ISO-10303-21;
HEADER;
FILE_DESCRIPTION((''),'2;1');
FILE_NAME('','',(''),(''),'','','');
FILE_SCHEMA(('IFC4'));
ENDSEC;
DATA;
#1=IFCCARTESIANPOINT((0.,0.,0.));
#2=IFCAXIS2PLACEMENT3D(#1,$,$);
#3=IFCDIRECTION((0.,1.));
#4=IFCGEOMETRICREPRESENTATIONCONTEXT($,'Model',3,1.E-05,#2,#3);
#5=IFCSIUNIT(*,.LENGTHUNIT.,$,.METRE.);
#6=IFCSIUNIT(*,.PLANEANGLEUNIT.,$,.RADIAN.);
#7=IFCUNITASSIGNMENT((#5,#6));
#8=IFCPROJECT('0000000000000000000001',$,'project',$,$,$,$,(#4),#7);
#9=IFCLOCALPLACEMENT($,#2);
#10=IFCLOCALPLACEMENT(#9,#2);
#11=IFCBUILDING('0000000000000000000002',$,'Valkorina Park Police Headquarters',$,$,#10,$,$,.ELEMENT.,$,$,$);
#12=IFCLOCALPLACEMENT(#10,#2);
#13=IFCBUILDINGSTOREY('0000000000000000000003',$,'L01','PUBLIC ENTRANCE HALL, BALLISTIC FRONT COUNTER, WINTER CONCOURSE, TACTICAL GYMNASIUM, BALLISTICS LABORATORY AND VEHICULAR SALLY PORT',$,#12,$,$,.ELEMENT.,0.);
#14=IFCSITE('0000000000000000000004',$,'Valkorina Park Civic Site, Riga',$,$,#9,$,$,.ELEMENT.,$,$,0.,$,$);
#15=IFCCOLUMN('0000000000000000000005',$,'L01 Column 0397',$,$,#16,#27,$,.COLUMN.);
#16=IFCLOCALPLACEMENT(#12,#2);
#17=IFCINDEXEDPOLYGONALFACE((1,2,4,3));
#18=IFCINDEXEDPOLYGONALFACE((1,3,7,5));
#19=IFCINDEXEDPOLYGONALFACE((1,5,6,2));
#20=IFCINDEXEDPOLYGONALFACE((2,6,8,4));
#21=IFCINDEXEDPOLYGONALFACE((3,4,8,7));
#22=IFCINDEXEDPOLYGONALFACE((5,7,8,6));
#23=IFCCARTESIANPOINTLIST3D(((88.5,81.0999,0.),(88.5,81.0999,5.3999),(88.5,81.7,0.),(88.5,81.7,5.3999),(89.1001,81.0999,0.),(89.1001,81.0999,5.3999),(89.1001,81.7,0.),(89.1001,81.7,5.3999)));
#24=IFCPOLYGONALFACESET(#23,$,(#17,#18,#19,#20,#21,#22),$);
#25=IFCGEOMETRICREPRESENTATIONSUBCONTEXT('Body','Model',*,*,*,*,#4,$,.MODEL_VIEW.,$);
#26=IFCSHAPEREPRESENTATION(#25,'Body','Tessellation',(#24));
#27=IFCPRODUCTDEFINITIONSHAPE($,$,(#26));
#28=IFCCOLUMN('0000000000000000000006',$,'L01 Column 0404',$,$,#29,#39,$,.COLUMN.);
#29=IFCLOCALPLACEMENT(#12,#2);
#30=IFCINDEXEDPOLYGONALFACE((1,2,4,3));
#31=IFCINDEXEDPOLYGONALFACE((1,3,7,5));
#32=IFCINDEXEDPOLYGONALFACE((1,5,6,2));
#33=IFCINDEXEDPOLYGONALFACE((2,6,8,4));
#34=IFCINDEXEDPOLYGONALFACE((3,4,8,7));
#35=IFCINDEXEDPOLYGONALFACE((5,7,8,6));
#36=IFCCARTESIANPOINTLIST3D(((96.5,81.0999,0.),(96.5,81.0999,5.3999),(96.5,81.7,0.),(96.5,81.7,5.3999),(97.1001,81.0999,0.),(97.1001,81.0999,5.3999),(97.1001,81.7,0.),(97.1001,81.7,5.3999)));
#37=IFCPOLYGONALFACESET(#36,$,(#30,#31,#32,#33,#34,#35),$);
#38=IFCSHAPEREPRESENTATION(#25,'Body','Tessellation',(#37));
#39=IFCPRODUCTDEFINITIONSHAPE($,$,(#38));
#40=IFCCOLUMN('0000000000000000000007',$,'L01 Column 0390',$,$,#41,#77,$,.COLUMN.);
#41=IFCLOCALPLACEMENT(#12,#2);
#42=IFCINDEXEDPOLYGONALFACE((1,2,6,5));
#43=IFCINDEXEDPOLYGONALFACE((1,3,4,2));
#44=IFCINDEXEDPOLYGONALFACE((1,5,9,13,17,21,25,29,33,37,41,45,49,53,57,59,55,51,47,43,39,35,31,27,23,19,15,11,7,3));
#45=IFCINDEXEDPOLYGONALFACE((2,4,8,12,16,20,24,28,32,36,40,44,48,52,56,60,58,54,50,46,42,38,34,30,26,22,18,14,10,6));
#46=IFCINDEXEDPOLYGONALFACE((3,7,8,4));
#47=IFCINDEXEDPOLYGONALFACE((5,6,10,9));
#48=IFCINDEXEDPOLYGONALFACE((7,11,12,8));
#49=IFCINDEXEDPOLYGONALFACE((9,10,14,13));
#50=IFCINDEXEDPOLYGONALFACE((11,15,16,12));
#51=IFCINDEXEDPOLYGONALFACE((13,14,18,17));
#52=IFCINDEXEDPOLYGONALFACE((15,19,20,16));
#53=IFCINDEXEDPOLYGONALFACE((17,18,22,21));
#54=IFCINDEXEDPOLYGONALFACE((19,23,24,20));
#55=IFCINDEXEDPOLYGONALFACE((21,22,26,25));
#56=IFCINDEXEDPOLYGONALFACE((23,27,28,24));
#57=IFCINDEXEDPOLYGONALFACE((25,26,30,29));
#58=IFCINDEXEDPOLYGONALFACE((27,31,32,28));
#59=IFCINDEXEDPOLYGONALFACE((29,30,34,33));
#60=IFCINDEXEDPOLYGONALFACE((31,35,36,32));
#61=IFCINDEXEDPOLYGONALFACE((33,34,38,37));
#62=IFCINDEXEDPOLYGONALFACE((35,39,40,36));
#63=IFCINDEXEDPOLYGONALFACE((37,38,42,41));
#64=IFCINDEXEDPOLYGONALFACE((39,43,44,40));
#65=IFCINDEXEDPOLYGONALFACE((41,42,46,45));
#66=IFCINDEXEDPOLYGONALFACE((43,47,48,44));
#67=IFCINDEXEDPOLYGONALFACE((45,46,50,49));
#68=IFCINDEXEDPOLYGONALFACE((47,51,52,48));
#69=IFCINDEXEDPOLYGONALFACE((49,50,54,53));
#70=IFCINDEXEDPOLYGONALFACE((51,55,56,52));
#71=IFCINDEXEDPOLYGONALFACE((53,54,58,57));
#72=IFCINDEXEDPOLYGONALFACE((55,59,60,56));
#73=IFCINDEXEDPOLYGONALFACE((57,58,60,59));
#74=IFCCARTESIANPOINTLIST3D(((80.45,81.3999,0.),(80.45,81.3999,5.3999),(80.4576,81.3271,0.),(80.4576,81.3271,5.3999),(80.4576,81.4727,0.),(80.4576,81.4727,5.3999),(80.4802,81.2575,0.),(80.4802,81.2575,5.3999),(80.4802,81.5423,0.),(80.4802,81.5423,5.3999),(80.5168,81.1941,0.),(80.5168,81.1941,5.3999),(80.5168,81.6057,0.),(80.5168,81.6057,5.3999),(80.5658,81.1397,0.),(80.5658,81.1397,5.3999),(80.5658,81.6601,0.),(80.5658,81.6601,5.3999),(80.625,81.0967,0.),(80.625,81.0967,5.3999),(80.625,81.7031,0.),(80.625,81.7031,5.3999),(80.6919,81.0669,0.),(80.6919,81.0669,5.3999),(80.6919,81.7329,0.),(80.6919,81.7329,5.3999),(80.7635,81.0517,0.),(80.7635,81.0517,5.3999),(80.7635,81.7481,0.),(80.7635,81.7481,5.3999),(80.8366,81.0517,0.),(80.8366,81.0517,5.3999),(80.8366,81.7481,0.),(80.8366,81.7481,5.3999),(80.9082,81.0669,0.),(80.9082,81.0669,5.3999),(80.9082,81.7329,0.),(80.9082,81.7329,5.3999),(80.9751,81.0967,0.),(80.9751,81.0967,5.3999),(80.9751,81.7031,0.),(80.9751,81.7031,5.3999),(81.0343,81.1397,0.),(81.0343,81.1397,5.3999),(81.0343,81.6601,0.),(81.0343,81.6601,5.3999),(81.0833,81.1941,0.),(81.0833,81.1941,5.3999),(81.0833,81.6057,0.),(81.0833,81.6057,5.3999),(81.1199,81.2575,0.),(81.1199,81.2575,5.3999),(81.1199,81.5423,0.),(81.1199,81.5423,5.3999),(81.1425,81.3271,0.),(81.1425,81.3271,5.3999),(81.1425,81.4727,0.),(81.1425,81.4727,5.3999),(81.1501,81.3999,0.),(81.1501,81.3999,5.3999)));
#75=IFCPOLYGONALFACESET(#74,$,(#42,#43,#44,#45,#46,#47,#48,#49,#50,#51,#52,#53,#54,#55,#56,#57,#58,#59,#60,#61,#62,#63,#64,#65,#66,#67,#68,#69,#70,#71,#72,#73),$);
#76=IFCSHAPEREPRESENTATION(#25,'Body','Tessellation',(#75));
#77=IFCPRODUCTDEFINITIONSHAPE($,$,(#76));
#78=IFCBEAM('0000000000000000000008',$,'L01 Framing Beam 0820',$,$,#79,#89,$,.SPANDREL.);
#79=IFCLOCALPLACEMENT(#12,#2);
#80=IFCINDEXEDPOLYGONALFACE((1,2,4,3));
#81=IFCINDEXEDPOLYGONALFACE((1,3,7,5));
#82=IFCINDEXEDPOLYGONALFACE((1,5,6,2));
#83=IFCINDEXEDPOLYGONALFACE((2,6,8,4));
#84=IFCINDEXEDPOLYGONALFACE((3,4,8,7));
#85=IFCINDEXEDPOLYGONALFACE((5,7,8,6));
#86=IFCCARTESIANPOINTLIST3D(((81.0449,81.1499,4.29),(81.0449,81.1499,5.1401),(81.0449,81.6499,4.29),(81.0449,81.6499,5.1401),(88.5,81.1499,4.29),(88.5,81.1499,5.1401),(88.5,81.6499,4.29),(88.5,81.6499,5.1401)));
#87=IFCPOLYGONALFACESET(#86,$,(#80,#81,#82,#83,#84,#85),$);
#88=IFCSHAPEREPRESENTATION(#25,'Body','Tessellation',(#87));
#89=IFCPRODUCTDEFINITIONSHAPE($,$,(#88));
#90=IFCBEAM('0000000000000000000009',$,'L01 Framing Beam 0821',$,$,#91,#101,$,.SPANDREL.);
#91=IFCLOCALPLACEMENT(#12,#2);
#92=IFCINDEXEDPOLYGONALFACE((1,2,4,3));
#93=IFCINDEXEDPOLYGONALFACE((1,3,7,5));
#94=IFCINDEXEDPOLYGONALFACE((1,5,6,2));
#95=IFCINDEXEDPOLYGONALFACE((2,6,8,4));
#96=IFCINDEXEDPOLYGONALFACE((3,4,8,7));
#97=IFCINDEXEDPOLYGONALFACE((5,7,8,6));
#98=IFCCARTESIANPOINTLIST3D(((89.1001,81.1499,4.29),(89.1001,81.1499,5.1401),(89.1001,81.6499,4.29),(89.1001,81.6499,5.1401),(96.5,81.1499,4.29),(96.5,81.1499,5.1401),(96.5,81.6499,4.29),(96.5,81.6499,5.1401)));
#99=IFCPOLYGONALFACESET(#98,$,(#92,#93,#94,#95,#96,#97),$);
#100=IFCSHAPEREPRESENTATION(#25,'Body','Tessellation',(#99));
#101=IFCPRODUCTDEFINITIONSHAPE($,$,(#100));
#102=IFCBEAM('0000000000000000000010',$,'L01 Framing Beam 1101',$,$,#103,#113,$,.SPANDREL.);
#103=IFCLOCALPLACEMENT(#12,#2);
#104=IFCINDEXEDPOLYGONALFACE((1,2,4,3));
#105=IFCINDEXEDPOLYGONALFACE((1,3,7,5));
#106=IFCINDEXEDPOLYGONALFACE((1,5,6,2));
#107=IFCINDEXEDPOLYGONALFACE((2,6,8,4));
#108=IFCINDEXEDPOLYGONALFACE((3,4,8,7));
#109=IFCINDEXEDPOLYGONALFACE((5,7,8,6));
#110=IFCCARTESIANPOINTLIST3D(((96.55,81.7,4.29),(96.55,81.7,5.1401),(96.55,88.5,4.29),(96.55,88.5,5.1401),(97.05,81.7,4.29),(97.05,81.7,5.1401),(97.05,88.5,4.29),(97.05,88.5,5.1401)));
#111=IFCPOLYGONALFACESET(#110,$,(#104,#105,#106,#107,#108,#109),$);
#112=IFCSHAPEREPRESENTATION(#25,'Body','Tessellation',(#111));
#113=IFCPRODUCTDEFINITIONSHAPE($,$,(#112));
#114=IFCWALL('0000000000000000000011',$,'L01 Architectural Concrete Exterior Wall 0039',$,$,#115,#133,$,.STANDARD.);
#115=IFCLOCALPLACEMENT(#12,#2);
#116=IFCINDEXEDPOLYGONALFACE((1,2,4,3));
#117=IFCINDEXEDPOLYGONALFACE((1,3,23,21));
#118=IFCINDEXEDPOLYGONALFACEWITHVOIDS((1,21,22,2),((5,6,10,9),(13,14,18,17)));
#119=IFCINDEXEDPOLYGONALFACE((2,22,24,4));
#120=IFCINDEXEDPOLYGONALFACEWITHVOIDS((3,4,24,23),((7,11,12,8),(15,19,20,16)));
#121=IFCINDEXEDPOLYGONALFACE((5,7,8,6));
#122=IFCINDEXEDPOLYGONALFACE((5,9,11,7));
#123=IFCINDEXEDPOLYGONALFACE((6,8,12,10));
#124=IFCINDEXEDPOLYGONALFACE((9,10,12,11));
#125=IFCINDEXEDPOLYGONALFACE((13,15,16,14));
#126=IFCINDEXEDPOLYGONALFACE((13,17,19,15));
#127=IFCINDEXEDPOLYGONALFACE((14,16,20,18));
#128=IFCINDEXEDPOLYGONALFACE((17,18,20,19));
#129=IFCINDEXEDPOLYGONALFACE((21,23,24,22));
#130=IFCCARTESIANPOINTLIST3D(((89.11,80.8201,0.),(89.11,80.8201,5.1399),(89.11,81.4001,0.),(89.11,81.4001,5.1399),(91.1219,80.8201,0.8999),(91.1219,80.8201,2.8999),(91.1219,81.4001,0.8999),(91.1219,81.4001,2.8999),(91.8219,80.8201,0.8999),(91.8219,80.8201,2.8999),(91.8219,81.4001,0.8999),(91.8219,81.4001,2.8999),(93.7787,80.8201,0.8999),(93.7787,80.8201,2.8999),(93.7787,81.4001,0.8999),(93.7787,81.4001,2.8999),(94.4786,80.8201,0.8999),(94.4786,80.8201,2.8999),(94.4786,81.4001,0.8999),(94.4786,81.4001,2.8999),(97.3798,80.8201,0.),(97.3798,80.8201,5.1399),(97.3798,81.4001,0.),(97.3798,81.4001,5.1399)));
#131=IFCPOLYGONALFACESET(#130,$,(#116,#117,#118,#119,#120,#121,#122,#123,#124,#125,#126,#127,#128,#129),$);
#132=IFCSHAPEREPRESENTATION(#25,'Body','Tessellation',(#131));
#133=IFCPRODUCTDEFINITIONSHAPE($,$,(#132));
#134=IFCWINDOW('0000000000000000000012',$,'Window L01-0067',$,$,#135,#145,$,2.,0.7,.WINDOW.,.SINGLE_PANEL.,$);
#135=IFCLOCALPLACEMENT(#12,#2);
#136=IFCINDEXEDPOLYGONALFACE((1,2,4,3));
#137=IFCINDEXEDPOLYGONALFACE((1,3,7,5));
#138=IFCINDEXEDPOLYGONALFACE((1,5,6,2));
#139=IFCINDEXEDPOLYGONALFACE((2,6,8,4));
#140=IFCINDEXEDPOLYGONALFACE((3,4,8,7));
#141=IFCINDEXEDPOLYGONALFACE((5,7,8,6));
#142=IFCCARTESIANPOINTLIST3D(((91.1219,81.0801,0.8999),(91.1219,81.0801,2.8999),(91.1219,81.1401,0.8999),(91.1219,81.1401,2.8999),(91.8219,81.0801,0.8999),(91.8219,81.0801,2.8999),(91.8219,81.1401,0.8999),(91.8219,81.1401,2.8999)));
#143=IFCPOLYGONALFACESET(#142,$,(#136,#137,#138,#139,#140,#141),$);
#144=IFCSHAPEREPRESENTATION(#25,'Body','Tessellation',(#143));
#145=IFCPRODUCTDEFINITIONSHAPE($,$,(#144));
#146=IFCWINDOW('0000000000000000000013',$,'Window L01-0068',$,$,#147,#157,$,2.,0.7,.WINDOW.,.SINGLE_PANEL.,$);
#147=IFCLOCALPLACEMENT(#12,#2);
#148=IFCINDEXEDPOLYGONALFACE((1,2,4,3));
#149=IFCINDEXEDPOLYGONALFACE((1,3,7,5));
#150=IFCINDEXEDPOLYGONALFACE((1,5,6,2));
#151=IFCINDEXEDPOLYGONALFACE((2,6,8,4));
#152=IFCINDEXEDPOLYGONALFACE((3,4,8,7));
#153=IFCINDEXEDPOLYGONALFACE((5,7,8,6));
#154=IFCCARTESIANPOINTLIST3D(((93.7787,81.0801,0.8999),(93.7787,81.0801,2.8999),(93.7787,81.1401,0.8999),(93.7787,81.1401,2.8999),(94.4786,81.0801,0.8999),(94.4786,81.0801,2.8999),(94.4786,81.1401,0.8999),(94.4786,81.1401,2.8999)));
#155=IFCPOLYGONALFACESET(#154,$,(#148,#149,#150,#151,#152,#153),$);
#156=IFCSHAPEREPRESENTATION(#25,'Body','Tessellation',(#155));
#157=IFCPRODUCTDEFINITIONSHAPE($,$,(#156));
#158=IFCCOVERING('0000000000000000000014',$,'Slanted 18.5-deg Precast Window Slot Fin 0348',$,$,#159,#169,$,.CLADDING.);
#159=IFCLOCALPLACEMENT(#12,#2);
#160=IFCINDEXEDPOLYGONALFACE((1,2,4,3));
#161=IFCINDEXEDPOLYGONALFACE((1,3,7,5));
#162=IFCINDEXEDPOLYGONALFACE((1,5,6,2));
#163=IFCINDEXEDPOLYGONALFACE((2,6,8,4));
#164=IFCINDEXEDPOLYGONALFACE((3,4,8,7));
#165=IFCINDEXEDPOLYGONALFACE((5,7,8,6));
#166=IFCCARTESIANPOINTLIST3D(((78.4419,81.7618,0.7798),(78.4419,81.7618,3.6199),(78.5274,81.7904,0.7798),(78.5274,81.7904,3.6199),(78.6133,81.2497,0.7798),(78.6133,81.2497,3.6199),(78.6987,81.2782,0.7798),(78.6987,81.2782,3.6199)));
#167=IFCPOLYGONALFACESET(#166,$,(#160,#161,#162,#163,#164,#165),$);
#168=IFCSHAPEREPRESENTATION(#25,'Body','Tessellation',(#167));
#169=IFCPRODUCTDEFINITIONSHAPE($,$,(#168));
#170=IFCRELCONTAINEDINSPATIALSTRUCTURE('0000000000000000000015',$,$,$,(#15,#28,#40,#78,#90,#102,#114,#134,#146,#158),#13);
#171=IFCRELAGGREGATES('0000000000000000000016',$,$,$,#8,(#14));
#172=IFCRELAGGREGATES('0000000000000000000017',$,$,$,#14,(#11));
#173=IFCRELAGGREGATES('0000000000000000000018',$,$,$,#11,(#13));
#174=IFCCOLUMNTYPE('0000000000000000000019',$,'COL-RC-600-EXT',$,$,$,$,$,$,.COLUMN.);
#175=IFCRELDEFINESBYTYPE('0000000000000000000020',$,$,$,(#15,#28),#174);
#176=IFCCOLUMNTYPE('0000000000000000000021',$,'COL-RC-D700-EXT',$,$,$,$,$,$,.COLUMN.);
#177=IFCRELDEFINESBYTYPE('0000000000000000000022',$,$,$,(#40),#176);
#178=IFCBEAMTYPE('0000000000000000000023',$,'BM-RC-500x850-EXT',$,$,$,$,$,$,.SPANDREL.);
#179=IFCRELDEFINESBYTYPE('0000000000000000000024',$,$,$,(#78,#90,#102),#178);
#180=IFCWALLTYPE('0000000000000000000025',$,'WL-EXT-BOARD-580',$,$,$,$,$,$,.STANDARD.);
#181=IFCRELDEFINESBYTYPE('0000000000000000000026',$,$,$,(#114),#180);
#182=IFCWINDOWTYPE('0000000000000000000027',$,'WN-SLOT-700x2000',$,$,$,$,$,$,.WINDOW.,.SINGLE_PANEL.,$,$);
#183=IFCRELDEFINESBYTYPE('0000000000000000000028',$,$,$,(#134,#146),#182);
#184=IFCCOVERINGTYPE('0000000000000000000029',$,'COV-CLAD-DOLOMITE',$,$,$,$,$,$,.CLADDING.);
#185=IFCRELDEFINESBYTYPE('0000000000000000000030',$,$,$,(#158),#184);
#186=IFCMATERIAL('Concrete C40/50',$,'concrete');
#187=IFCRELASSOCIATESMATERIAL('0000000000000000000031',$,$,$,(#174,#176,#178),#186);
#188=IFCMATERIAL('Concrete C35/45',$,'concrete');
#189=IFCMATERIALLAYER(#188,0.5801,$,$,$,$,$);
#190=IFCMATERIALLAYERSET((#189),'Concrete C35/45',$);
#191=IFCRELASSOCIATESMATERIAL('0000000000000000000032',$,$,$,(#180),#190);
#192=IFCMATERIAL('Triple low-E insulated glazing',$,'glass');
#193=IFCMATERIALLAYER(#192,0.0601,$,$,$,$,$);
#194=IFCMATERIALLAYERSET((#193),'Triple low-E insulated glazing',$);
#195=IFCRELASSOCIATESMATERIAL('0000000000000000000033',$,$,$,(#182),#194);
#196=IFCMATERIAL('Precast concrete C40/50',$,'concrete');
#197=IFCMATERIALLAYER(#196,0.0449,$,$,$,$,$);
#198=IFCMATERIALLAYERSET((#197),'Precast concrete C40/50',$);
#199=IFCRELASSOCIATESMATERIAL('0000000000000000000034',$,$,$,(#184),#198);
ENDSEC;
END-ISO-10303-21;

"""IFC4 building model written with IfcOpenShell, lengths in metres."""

from ifc_helpers import new_model, si_unit, direction, frame, frame_2d, origin, origin_2d, place, context, subcontext, project, spatial, rectangle, circle, extrude, material, layer, layer_set, material_profile, profile_set, type_object, element, fill, save


model = new_model("IFC4")

# Units and contexts
model_context = context("Model", 3, precision=1e-05, world=origin(), true_north=direction((0.0, 1.0)))
body_context = subcontext(model_context, "Body", "Model", "MODEL_VIEW")
ifc_project = project(units=[si_unit("LENGTHUNIT", "METRE"), si_unit("PLANEANGLEUNIT", "RADIAN")], contexts=[model_context])

# Site, building, storey
site_placement = place(None, origin())
site = spatial("IfcSite", under=ifc_project, at=site_placement, Name="Valkorina Park Civic Site, Riga", CompositionType="ELEMENT", RefElevation=0.0)
building_placement = place(site_placement, origin())
building = spatial("IfcBuilding", under=site, at=building_placement, Name="Valkorina Park Police Headquarters", CompositionType="ELEMENT")
storey_placement = place(building_placement, origin())
storey = spatial("IfcBuildingStorey", under=building, at=storey_placement, Name="L01", Description="PUBLIC ENTRANCE HALL, BALLISTIC FRONT COUNTER, WINTER CONCOURSE, TACTICAL GYMNASIUM, BALLISTICS LABORATORY AND VEHICULAR SALLY PORT", CompositionType="ELEMENT", Elevation=0.0)

# Columns
ifc_material_1 = material(Name="Concrete C40/50", Category="concrete")
ifc_material_profile_1 = material_profile(ifc_material_1, rectangle(XDim=0.6001, YDim=0.6001, at=origin_2d()), Name="RC COL 600x600")
ifc_profile_set_1 = profile_set([ifc_material_profile_1], Name="Concrete C40/50")
column_type_1 = type_object("IfcColumnType", Name="COL-RC-600-EXT", PredefinedType="COLUMN", material=ifc_profile_set_1)
for number, where, z_axis, x_axis, name in (
    (1, (88.8, 81.3999, 0.0), (0.0, 0.0, 1.0), (1.0, 0.0, 0.0), "L01 Column 0397"),
    (2, (96.8, 81.3999, 0.0), (0.0, 0.0, 1.0), (1.0, 0.0, 0.0), "L01 Column 0404"),
):
    element("IfcColumn", number, at=place(storey_placement, frame(where, z_axis=z_axis, x_axis=x_axis)), inside=storey, type_object=column_type_1, Name=name, PredefinedType="COLUMN", context=body_context, shape_type="SweptSolid", body=[
        extrude(rectangle(XDim=0.6001, YDim=0.6001, at=origin_2d()), origin(), (0.0, 0.0, 1.0), 5.3999),
    ])
ifc_material_profile_2 = material_profile(ifc_material_1, circle(Radius=0.3501, at=origin_2d()), Name="RC COL D700")
ifc_profile_set_2 = profile_set([ifc_material_profile_2], Name="Concrete C40/50")
column_type_2 = type_object("IfcColumnType", Name="COL-RC-D700-EXT", PredefinedType="COLUMN", material=ifc_profile_set_2)
column_placement = place(storey_placement, frame((80.8, 81.3999, 0.0), z_axis=(0.0, 0.0, 1.0), x_axis=(1.0, 0.0, 0.0)))
element("IfcColumn", 3, at=column_placement, inside=storey, type_object=column_type_2, Name="L01 Column 0390", PredefinedType="COLUMN", context=body_context, shape_type="SweptSolid", body=[
    extrude(circle(Radius=0.3501, at=origin_2d()), origin(), (0.0, 0.0, 1.0), 5.3999),
])

# Beams
ifc_material_profile_3 = material_profile(ifc_material_1, rectangle(XDim=0.5, YDim=0.8501, at=origin_2d()), Name="RC BEAM 500x850")
ifc_profile_set_3 = profile_set([ifc_material_profile_3], Name="Concrete C40/50")
beam_type = type_object("IfcBeamType", Name="BM-RC-500x850-EXT", PredefinedType="SPANDREL", material=ifc_profile_set_3)
beam_1_placement = place(storey_placement, frame((81.0449, 81.3999, 4.7151), z_axis=(1.0, 0.0, 0.0), x_axis=(0.0, 1.0, 0.0)))
element("IfcBeam", 4, at=beam_1_placement, inside=storey, type_object=beam_type, Name="L01 Framing Beam 0820", PredefinedType="SPANDREL", context=body_context, shape_type="SweptSolid", body=[
    extrude(rectangle(XDim=0.5, YDim=0.8501, at=origin_2d()), origin(), (0.0, 0.0, 1.0), 7.4551),
])
beam_2_placement = place(storey_placement, frame((89.1001, 81.3999, 4.7151), z_axis=(1.0, 0.0, 0.0), x_axis=(0.0, 1.0, 0.0)))
element("IfcBeam", 5, at=beam_2_placement, inside=storey, type_object=beam_type, Name="L01 Framing Beam 0821", PredefinedType="SPANDREL", context=body_context, shape_type="SweptSolid", body=[
    extrude(rectangle(XDim=0.5, YDim=0.8501, at=origin_2d()), origin(), (0.0, 0.0, 1.0), 7.3999),
])
beam_3_placement = place(storey_placement, frame((96.8, 81.7, 4.7151), z_axis=(0.0, 1.0, 0.0), x_axis=(-1.0, 0.0, 0.0)))
element("IfcBeam", 6, at=beam_3_placement, inside=storey, type_object=beam_type, Name="L01 Framing Beam 1101", PredefinedType="SPANDREL", context=body_context, shape_type="SweptSolid", body=[
    extrude(rectangle(XDim=0.5, YDim=0.8501, at=origin_2d()), origin(), (0.0, 0.0, 1.0), 6.8),
])

# Wall, openings, windows
ifc_material_2 = material(Name="Concrete C35/45", Category="concrete")
ifc_layer_1 = layer(ifc_material_2, 0.5801)
ifc_layer_set_1 = layer_set([ifc_layer_1], Name="Concrete C35/45")
wall_type = type_object("IfcWallType", Name="WL-EXT-BOARD-580", PredefinedType="STANDARD", material=ifc_layer_set_1)
wall_placement = place(storey_placement, frame((89.1101, 81.1101, 0.0), z_axis=(0.0, 0.0, 1.0), x_axis=(1.0, 0.0, 0.0)))
wall = element("IfcWall", 7, at=wall_placement, inside=storey, type_object=wall_type, Name="L01 Architectural Concrete Exterior Wall 0039", PredefinedType="STANDARD", context=body_context, shape_type="SweptSolid", body=[
    extrude(rectangle(XDim=8.2698, YDim=0.5801, at=frame_2d((4.1348, 0.0))), origin(), (0.0, 0.0, 1.0), 5.1399),
])
opening_1_placement = place(wall_placement, frame((2.0117, 0.0, 0.8999)))
opening_1 = element("IfcOpeningElement", 8, at=opening_1_placement, cuts=wall, PredefinedType="OPENING", context=body_context, shape_type="SweptSolid", body=[
    extrude(rectangle(XDim=0.7, YDim=2.0, at=frame_2d((0.3501, 1.0))), frame((0.0, 0.3, 0.0), z_axis=(0.0, -1.0, 0.0), x_axis=(1.0, 0.0, 0.0)), (0.0, 0.0, 1.0), 0.6001),
])
opening_2_placement = place(wall_placement, frame((4.6685, 0.0, 0.8999)))
opening_2 = element("IfcOpeningElement", 9, at=opening_2_placement, cuts=wall, PredefinedType="OPENING", context=body_context, shape_type="SweptSolid", body=[
    extrude(rectangle(XDim=0.7, YDim=2.0, at=frame_2d((0.3501, 1.0))), frame((0.0, 0.3, 0.0), z_axis=(0.0, -1.0, 0.0), x_axis=(1.0, 0.0, 0.0)), (0.0, 0.0, 1.0), 0.6001),
])
ifc_material_3 = material(Name="Triple low-E insulated glazing", Category="glass")
ifc_layer_2 = layer(ifc_material_3, 0.0601)
ifc_layer_set_2 = layer_set([ifc_layer_2], Name="Triple low-E insulated glazing")
window_type = type_object("IfcWindowType", Name="WN-SLOT-700x2000", PartitioningType="SINGLE_PANEL", PredefinedType="WINDOW", material=ifc_layer_set_2)
window_1_placement = place(opening_1_placement, origin())
window_1 = element("IfcWindow", 10, at=window_1_placement, inside=storey, type_object=window_type, Name="Window L01-0067", OverallHeight=2.0, OverallWidth=0.7, PartitioningType="SINGLE_PANEL", PredefinedType="WINDOW", context=body_context, shape_type="SweptSolid", body=[
    extrude(rectangle(XDim=0.7, YDim=2.0, at=frame_2d((0.3501, 1.0))), frame((0.0, 0.03, 0.0), z_axis=(0.0, -1.0, 0.0), x_axis=(1.0, 0.0, 0.0)), (0.0, 0.0, 1.0), 0.0601),
])
fill(opening_1, window_1)
window_2_placement = place(opening_2_placement, origin())
window_2 = element("IfcWindow", 11, at=window_2_placement, inside=storey, type_object=window_type, Name="Window L01-0068", OverallHeight=2.0, OverallWidth=0.7, PartitioningType="SINGLE_PANEL", PredefinedType="WINDOW", context=body_context, shape_type="SweptSolid", body=[
    extrude(rectangle(XDim=0.7, YDim=2.0, at=frame_2d((0.3501, 1.0))), frame((0.0, 0.03, 0.0), z_axis=(0.0, -1.0, 0.0), x_axis=(1.0, 0.0, 0.0)), (0.0, 0.0, 1.0), 0.0601),
])
fill(opening_2, window_2)

# Covering
ifc_material_4 = material(Name="Precast concrete C40/50", Category="concrete")
ifc_layer_3 = layer(ifc_material_4, 0.0449)
ifc_layer_set_3 = layer_set([ifc_layer_3], Name="Precast concrete C40/50")
covering_type = type_object("IfcCoveringType", Name="COV-CLAD-DOLOMITE", PredefinedType="CLADDING", material=ifc_layer_set_3)
covering_1_placement = place(storey_placement, frame((78.5703, 81.52, 0.7798), z_axis=(0.0, 0.0, 1.0), x_axis=(-0.317305, 0.948324, 0.0)))
element("IfcCovering", 12, at=covering_1_placement, inside=storey, type_object=covering_type, Name="Slanted 18.5-deg Precast Window Slot Fin 0348", PredefinedType="CLADDING", context=body_context, shape_type="SweptSolid", body=[
    extrude(rectangle(XDim=0.54, YDim=0.0901, at=origin_2d()), origin(), (0.0, 0.0, 1.0), 2.8401),
])

save(model, "model.ifc")
